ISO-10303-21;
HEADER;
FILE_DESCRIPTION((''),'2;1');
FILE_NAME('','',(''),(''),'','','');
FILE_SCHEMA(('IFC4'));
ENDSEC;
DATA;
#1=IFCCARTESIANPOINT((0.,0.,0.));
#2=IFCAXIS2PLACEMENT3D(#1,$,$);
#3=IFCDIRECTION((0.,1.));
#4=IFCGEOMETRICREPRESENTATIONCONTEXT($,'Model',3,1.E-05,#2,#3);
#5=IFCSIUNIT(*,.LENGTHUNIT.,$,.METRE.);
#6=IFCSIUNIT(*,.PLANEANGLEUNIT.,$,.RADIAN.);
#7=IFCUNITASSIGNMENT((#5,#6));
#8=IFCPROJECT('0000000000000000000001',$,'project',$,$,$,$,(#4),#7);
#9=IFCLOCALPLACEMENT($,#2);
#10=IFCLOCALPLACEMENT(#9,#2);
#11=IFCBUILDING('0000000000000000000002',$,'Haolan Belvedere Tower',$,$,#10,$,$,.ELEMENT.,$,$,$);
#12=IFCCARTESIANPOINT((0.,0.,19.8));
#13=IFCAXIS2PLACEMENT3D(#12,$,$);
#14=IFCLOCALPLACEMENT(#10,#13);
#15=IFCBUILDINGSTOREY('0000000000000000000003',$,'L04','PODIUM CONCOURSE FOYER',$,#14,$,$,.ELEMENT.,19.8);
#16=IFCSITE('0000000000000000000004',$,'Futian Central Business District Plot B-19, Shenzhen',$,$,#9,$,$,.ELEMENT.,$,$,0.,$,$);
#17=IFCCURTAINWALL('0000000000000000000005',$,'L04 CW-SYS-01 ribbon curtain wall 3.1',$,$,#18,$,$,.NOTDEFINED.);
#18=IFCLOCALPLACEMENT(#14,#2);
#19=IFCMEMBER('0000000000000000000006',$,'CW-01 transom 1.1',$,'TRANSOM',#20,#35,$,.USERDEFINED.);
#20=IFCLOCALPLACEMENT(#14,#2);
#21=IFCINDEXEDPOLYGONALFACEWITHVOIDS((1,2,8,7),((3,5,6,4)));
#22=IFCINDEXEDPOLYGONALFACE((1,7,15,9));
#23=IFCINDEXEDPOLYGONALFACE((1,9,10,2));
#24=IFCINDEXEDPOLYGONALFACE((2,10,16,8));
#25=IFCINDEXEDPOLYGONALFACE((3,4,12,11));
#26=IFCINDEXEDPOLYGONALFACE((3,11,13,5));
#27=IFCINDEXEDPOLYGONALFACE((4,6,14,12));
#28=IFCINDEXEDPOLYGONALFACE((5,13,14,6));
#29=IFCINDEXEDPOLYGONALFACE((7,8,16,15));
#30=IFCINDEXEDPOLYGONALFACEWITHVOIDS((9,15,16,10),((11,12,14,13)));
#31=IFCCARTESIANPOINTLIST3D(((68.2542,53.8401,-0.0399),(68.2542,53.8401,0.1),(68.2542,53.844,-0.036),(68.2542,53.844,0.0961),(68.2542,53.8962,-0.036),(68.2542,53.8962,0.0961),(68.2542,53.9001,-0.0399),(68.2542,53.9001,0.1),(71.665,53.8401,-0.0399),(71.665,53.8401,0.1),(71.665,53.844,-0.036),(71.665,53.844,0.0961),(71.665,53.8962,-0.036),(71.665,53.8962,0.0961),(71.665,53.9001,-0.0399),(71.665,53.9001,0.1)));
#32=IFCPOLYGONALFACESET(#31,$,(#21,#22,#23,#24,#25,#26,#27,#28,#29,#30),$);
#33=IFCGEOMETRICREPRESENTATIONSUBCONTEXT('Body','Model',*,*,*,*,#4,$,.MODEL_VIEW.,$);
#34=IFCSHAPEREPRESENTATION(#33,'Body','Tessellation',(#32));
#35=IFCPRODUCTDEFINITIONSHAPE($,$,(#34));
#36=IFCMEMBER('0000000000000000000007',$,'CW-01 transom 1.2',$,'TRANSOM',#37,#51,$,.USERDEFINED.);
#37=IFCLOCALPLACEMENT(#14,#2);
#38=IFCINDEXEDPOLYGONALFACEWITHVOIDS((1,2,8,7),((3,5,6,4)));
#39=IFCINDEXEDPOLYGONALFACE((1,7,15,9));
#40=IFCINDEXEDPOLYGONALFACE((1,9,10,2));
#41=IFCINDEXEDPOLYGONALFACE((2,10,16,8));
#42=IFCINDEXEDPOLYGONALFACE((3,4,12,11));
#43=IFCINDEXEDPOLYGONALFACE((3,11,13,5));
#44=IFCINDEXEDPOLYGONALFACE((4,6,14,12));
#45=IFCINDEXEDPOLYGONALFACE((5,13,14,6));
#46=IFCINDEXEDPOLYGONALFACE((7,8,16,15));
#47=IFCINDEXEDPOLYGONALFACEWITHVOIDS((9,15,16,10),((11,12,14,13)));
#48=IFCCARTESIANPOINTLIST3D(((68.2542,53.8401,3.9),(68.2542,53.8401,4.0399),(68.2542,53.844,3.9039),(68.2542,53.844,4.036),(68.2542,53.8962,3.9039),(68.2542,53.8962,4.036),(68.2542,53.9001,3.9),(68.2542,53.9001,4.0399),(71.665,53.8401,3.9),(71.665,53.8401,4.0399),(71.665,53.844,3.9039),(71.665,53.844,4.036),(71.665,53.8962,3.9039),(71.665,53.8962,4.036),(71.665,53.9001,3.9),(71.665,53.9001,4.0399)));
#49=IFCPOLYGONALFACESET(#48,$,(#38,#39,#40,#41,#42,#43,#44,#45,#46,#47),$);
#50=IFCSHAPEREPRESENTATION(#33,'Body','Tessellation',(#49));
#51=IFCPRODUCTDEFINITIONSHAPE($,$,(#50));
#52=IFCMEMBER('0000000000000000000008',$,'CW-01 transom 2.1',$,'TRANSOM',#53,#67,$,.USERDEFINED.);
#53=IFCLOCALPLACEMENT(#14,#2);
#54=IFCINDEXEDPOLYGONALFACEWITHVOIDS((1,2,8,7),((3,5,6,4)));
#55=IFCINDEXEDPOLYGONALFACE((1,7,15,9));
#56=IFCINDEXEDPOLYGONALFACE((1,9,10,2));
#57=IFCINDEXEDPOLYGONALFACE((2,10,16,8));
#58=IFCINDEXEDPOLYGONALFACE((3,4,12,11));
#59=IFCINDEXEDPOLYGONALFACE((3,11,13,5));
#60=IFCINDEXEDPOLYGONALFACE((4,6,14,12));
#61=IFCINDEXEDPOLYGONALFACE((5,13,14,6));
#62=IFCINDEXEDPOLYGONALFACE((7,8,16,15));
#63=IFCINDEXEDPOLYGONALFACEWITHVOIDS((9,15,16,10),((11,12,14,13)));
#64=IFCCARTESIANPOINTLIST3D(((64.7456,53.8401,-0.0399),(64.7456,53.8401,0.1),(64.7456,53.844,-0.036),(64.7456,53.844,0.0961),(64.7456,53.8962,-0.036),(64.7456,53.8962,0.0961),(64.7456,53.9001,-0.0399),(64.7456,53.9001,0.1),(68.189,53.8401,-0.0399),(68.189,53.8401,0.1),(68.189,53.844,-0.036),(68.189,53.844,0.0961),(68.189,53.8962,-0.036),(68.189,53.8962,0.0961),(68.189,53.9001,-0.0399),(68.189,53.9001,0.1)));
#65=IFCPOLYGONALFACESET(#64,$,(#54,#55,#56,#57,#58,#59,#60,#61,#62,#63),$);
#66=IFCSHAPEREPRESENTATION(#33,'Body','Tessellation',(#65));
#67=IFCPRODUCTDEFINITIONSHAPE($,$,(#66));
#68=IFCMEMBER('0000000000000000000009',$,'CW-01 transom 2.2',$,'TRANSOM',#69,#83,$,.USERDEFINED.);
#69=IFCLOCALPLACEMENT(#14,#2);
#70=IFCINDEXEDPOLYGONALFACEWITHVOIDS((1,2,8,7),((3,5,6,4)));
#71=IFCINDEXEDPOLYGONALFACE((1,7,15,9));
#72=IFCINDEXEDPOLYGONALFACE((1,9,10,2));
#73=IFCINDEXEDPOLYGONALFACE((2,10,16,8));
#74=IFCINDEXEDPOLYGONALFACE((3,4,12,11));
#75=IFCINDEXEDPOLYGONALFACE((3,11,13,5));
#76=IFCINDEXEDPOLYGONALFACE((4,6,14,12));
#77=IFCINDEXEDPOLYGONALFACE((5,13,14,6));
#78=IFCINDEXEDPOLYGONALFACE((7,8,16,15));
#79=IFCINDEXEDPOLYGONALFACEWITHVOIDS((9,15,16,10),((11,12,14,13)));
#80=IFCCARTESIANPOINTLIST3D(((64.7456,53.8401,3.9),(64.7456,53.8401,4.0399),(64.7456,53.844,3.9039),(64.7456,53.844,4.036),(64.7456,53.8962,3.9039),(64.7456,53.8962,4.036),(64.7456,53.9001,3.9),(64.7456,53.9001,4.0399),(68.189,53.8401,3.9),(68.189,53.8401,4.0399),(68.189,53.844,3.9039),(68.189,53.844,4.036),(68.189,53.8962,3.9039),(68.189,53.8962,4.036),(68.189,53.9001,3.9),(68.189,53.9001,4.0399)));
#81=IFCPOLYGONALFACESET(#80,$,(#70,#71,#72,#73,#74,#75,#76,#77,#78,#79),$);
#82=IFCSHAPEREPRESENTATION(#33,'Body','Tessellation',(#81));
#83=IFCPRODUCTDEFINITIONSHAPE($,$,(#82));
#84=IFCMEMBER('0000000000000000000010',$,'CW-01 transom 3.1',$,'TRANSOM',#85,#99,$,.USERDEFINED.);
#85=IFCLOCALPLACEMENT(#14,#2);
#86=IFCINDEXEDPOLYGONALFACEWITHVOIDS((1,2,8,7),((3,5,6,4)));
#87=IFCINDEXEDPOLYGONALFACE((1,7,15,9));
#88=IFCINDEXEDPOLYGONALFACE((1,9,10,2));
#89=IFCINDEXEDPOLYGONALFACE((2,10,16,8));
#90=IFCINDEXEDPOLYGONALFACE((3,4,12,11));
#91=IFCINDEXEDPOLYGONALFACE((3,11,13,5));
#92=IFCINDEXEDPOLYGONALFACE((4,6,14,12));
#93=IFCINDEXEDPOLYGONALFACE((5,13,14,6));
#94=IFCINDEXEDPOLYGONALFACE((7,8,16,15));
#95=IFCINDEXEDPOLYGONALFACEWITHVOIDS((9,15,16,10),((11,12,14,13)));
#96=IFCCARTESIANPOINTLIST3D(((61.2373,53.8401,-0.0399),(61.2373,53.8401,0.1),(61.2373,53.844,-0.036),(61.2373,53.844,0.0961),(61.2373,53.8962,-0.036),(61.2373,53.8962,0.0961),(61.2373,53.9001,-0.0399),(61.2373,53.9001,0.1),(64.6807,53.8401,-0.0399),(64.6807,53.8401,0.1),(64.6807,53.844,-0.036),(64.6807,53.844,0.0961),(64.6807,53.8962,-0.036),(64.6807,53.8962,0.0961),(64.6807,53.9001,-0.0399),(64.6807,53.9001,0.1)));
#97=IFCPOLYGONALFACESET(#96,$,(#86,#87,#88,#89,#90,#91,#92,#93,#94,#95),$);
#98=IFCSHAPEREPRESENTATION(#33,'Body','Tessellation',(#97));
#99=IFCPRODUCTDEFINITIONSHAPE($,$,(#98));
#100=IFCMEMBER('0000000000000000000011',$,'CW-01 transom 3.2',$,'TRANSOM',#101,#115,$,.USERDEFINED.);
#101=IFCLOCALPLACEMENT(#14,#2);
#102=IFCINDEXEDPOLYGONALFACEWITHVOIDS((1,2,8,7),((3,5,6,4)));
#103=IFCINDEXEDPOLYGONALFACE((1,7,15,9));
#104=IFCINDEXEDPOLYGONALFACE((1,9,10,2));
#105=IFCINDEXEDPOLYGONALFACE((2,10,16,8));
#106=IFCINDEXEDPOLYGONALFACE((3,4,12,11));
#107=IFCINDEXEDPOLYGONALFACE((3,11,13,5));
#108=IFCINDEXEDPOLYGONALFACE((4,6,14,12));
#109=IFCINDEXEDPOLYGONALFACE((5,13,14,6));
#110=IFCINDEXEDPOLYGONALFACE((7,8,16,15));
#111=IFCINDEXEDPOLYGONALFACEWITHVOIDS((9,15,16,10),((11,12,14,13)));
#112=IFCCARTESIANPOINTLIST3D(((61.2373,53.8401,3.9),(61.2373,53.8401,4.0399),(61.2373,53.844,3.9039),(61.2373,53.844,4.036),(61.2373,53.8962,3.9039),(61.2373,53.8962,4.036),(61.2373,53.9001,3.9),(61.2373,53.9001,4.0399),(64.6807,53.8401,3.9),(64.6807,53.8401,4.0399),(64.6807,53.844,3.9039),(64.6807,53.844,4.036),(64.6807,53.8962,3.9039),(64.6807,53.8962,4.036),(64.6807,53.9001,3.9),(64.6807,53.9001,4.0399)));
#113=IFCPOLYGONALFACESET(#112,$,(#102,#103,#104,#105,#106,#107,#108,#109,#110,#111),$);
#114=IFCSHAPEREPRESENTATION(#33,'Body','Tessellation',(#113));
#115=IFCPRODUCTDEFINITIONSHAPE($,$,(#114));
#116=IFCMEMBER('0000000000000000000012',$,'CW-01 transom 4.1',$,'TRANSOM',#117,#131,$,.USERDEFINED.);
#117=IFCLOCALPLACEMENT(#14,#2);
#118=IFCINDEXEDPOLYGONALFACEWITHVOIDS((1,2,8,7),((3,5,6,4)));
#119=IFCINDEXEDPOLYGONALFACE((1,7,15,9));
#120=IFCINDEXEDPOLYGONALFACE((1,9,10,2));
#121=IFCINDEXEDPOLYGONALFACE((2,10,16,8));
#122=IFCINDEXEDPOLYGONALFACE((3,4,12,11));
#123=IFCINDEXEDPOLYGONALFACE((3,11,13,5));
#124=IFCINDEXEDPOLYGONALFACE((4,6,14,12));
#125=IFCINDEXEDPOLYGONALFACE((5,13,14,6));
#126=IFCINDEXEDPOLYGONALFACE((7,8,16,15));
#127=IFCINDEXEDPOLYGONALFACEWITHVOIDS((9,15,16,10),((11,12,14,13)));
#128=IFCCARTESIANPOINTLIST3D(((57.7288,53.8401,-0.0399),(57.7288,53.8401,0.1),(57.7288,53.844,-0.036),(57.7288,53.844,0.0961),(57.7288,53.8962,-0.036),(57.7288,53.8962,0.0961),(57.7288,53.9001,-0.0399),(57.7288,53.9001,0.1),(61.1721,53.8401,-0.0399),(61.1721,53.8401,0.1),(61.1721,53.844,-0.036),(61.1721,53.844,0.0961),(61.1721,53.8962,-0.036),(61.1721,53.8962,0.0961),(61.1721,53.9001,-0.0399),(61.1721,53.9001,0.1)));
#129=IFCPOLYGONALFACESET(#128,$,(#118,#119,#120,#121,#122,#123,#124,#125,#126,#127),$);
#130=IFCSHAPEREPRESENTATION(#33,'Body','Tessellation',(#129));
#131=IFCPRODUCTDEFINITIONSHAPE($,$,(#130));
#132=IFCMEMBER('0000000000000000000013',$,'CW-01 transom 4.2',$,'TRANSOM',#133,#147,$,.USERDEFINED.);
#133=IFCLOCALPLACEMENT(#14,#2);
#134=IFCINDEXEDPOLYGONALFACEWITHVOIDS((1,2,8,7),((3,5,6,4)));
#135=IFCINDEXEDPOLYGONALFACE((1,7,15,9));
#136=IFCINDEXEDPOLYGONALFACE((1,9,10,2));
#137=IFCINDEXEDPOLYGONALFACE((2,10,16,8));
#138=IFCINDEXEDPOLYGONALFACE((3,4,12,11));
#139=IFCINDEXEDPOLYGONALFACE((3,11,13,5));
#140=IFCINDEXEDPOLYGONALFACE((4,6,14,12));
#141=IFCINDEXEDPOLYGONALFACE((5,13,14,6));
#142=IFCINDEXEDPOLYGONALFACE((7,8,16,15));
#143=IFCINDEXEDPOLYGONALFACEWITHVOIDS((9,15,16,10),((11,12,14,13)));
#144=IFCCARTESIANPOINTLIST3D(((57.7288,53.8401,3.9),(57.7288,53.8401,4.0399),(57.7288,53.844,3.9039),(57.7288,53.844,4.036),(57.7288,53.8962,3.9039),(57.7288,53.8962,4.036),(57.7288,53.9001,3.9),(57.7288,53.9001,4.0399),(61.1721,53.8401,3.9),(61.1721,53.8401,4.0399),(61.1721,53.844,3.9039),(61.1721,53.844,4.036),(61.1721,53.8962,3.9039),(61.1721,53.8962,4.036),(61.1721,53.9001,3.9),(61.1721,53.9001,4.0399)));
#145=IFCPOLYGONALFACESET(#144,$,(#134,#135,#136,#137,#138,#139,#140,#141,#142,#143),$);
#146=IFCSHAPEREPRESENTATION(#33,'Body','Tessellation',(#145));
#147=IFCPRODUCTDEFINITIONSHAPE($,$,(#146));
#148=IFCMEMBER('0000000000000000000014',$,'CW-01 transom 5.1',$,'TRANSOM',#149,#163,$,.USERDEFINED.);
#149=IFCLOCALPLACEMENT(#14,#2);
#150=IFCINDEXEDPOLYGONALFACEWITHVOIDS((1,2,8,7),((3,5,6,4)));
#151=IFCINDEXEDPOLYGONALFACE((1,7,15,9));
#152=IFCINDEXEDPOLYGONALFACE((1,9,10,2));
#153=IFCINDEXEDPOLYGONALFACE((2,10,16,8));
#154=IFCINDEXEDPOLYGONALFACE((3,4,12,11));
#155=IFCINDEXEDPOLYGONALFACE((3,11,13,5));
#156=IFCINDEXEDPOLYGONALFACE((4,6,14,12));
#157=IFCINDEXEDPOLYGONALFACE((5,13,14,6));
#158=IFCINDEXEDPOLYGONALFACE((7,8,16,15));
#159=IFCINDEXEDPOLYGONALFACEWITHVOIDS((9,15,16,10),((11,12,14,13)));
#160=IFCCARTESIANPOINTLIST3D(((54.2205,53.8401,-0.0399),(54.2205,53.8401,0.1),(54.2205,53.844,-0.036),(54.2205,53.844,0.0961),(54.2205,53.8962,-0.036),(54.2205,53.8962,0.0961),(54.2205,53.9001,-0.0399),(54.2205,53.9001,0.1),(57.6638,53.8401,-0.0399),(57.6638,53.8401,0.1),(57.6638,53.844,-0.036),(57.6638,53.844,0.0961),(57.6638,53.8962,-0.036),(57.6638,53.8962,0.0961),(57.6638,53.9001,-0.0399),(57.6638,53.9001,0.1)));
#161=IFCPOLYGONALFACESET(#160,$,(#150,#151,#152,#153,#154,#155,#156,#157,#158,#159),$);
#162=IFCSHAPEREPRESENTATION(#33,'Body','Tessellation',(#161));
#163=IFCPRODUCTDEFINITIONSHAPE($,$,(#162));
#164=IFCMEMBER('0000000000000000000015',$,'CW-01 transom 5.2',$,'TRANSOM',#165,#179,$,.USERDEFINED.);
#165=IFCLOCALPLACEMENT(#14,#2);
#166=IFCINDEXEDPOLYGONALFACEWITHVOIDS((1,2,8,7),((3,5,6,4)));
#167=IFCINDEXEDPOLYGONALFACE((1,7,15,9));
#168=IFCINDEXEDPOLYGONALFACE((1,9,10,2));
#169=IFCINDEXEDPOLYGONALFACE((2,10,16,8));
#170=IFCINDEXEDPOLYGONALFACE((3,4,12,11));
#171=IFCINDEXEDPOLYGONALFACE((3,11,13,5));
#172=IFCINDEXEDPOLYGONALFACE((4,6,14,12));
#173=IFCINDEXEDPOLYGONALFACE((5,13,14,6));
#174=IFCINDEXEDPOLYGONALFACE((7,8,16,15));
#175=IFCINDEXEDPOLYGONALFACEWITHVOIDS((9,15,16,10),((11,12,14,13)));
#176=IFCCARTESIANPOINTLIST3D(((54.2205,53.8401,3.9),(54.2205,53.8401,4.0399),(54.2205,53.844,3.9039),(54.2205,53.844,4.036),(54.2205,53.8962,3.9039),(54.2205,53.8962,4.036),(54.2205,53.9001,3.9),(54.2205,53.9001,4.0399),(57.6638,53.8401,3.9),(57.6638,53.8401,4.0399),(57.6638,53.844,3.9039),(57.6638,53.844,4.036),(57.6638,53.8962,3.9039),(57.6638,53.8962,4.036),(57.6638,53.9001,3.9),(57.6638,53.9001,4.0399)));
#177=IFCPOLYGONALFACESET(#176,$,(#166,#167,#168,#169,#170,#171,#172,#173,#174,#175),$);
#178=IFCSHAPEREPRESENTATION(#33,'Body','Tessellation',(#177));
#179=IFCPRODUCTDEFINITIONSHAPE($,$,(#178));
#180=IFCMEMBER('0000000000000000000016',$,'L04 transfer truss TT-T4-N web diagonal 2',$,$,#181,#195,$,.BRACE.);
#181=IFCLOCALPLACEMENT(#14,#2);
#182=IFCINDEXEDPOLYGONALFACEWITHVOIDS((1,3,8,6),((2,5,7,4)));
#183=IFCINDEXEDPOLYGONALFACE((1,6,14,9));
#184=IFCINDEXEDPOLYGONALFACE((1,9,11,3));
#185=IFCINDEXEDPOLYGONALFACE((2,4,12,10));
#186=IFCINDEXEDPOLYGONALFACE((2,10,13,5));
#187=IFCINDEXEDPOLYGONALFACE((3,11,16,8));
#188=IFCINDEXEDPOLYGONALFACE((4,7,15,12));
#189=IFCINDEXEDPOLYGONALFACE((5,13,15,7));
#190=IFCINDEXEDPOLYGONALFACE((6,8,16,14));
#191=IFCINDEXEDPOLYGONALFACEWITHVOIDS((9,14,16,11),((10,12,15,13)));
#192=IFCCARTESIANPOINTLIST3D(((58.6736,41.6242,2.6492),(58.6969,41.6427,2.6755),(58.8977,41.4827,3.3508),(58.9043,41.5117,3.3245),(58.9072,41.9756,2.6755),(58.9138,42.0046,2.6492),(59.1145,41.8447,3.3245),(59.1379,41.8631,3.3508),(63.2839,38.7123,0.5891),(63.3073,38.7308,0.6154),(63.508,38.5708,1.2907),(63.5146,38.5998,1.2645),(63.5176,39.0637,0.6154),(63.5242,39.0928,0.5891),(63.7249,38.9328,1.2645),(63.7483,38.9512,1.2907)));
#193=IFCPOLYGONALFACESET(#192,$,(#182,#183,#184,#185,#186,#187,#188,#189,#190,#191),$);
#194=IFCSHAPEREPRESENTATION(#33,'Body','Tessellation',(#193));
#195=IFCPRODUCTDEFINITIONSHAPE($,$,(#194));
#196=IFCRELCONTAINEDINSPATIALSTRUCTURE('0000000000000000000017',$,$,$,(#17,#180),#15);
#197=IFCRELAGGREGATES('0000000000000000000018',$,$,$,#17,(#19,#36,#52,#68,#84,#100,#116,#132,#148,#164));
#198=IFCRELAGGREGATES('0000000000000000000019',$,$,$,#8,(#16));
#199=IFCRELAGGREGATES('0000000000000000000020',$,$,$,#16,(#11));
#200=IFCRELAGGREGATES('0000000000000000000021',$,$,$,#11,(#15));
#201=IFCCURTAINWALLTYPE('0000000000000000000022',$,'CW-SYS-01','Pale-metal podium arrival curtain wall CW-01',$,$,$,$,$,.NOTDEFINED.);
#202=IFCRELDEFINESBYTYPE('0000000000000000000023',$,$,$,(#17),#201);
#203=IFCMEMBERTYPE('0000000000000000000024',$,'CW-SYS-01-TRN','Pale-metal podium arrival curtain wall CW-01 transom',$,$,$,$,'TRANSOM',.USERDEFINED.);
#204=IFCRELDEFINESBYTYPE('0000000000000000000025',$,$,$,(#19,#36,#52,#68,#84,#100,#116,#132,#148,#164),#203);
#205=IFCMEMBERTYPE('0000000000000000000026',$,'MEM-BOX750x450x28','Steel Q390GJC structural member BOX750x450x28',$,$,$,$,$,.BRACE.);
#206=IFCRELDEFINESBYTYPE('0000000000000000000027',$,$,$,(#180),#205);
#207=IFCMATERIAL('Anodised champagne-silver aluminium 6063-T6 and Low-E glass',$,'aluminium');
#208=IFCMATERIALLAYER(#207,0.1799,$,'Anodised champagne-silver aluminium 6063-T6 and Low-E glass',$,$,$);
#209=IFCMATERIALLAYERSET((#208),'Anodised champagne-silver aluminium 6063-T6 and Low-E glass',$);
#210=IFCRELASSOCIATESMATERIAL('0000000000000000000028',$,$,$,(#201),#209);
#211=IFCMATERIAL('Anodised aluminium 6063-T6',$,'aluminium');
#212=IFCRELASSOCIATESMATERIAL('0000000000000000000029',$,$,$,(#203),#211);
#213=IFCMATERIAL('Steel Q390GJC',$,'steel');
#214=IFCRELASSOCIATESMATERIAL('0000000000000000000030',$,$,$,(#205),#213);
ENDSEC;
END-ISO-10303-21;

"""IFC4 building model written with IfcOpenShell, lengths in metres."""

from ifc_helpers import new_model, si_unit, direction, frame, origin, origin_2d, place, context, subcontext, project, spatial, hollow_rectangle, extrude, material, layer, layer_set, material_profile, profile_set, type_object, element, aggregate, save


model = new_model("IFC4")

# Units and contexts
model_context = context("Model", 3, precision=1e-05, world=origin(), true_north=direction((0.0, 1.0)))
body_context = subcontext(model_context, "Body", "Model", "MODEL_VIEW")
ifc_project = project(units=[si_unit("LENGTHUNIT", "METRE"), si_unit("PLANEANGLEUNIT", "RADIAN")], contexts=[model_context])

# Site, building, storey
site_placement = place(None, origin())
site = spatial("IfcSite", under=ifc_project, at=site_placement, Name="Futian Central Business District Plot B-19, Shenzhen", CompositionType="ELEMENT", RefElevation=0.0)
building_placement = place(site_placement, origin())
building = spatial("IfcBuilding", under=site, at=building_placement, Name="Haolan Belvedere Tower", CompositionType="ELEMENT")
storey_placement = place(building_placement, frame((0.0, 0.0, 19.8)))
storey = spatial("IfcBuildingStorey", under=building, at=storey_placement, Name="L04", Description="PODIUM CONCOURSE FOYER", CompositionType="ELEMENT", Elevation=19.8)

# Curtain wall, members
ifc_material_1 = material(Name="Anodised champagne-silver aluminium 6063-T6 and Low-E glass", Category="aluminium")
ifc_layer_1 = layer(ifc_material_1, 0.1799, Name="Anodised champagne-silver aluminium 6063-T6 and Low-E glass")
ifc_layer_set_1 = layer_set([ifc_layer_1], Name="Anodised champagne-silver aluminium 6063-T6 and Low-E glass")
curtain_wall_type = type_object("IfcCurtainWallType", Name="CW-SYS-01", Description="Pale-metal podium arrival curtain wall CW-01", PredefinedType="NOTDEFINED", material=ifc_layer_set_1)
curtain_wall_placement = place(storey_placement, origin())
curtain_wall = element("IfcCurtainWall", 1, at=curtain_wall_placement, inside=storey, type_object=curtain_wall_type, Name="L04 CW-SYS-01 ribbon curtain wall 3.1", PredefinedType="NOTDEFINED")
ifc_material_2 = material(Name="Anodised aluminium 6063-T6", Category="aluminium")
ifc_material_profile_1 = material_profile(ifc_material_2, hollow_rectangle(XDim=0.0601, YDim=0.1399, WallThickness=0.0039, at=origin_2d()), Name="Anodised aluminium 6063-T6")
ifc_profile_set_1 = profile_set([ifc_material_profile_1], Name="Anodised aluminium 6063-T6")
member_type_1 = type_object("IfcMemberType", Name="CW-SYS-01-TRN", Description="Pale-metal podium arrival curtain wall CW-01 transom", ElementType="TRANSOM", PredefinedType="USERDEFINED", material=ifc_profile_set_1)
member_1_placement = place(storey_placement, frame((71.665, 53.8701, 0.03), z_axis=(-1.0, 0.0, 0.0), x_axis=(0.0, -1.0, 0.0)))
member_1 = element("IfcMember", 2, at=member_1_placement, type_object=member_type_1, Name="CW-01 transom 1.1", ObjectType="TRANSOM", PredefinedType="USERDEFINED", context=body_context, shape_type="SweptSolid", body=[
    extrude(hollow_rectangle(XDim=0.0601, YDim=0.1399, WallThickness=0.0039, at=origin_2d()), origin(), (0.0, 0.0, 1.0), 3.4109),
])
member_2_placement = place(storey_placement, frame((71.665, 53.8701, 3.97), z_axis=(-1.0, 0.0, 0.0), x_axis=(0.0, -1.0, 0.0)))
member_2 = element("IfcMember", 3, at=member_2_placement, type_object=member_type_1, Name="CW-01 transom 1.2", ObjectType="TRANSOM", PredefinedType="USERDEFINED", context=body_context, shape_type="SweptSolid", body=[
    extrude(hollow_rectangle(XDim=0.0601, YDim=0.1399, WallThickness=0.0039, at=origin_2d()), origin(), (0.0, 0.0, 1.0), 3.4109),
])
member_3_placement = place(storey_placement, frame((68.189, 53.8701, 0.03), z_axis=(-1.0, 0.0, 0.0), x_axis=(0.0, -1.0, 0.0)))
member_3 = element("IfcMember", 4, at=member_3_placement, type_object=member_type_1, Name="CW-01 transom 2.1", ObjectType="TRANSOM", PredefinedType="USERDEFINED", context=body_context, shape_type="SweptSolid", body=[
    extrude(hollow_rectangle(XDim=0.0601, YDim=0.1399, WallThickness=0.0039, at=origin_2d()), origin(), (0.0, 0.0, 1.0), 3.4434),
])
member_4_placement = place(storey_placement, frame((68.189, 53.8701, 3.97), z_axis=(-1.0, 0.0, 0.0), x_axis=(0.0, -1.0, 0.0)))
member_4 = element("IfcMember", 5, at=member_4_placement, type_object=member_type_1, Name="CW-01 transom 2.2", ObjectType="TRANSOM", PredefinedType="USERDEFINED", context=body_context, shape_type="SweptSolid", body=[
    extrude(hollow_rectangle(XDim=0.0601, YDim=0.1399, WallThickness=0.0039, at=origin_2d()), origin(), (0.0, 0.0, 1.0), 3.4434),
])
member_5_placement = place(storey_placement, frame((64.6807, 53.8701, 0.03), z_axis=(-1.0, 0.0, 0.0), x_axis=(0.0, -1.0, 0.0)))
member_5 = element("IfcMember", 6, at=member_5_placement, type_object=member_type_1, Name="CW-01 transom 3.1", ObjectType="TRANSOM", PredefinedType="USERDEFINED", context=body_context, shape_type="SweptSolid", body=[
    extrude(hollow_rectangle(XDim=0.0601, YDim=0.1399, WallThickness=0.0039, at=origin_2d()), origin(), (0.0, 0.0, 1.0), 3.4434),
])
member_6_placement = place(storey_placement, frame((64.6807, 53.8701, 3.97), z_axis=(-1.0, 0.0, 0.0), x_axis=(0.0, -1.0, 0.0)))
member_6 = element("IfcMember", 7, at=member_6_placement, type_object=member_type_1, Name="CW-01 transom 3.2", ObjectType="TRANSOM", PredefinedType="USERDEFINED", context=body_context, shape_type="SweptSolid", body=[
    extrude(hollow_rectangle(XDim=0.0601, YDim=0.1399, WallThickness=0.0039, at=origin_2d()), origin(), (0.0, 0.0, 1.0), 3.4434),
])
member_7_placement = place(storey_placement, frame((61.1721, 53.8701, 0.03), z_axis=(-1.0, 0.0, 0.0), x_axis=(0.0, -1.0, 0.0)))
member_7 = element("IfcMember", 8, at=member_7_placement, type_object=member_type_1, Name="CW-01 transom 4.1", ObjectType="TRANSOM", PredefinedType="USERDEFINED", context=body_context, shape_type="SweptSolid", body=[
    extrude(hollow_rectangle(XDim=0.0601, YDim=0.1399, WallThickness=0.0039, at=origin_2d()), origin(), (0.0, 0.0, 1.0), 3.4434),
])
member_8_placement = place(storey_placement, frame((61.1721, 53.8701, 3.97), z_axis=(-1.0, 0.0, 0.0), x_axis=(0.0, -1.0, 0.0)))
member_8 = element("IfcMember", 9, at=member_8_placement, type_object=member_type_1, Name="CW-01 transom 4.2", ObjectType="TRANSOM", PredefinedType="USERDEFINED", context=body_context, shape_type="SweptSolid", body=[
    extrude(hollow_rectangle(XDim=0.0601, YDim=0.1399, WallThickness=0.0039, at=origin_2d()), origin(), (0.0, 0.0, 1.0), 3.4434),
])
member_9_placement = place(storey_placement, frame((57.6638, 53.8701, 0.03), z_axis=(-1.0, 0.0, 0.0), x_axis=(0.0, -1.0, 0.0)))
member_9 = element("IfcMember", 10, at=member_9_placement, type_object=member_type_1, Name="CW-01 transom 5.1", ObjectType="TRANSOM", PredefinedType="USERDEFINED", context=body_context, shape_type="SweptSolid", body=[
    extrude(hollow_rectangle(XDim=0.0601, YDim=0.1399, WallThickness=0.0039, at=origin_2d()), origin(), (0.0, 0.0, 1.0), 3.4434),
])
member_10_placement = place(storey_placement, frame((57.6638, 53.8701, 3.97), z_axis=(-1.0, 0.0, 0.0), x_axis=(0.0, -1.0, 0.0)))
member_10 = element("IfcMember", 11, at=member_10_placement, type_object=member_type_1, Name="CW-01 transom 5.2", ObjectType="TRANSOM", PredefinedType="USERDEFINED", context=body_context, shape_type="SweptSolid", body=[
    extrude(hollow_rectangle(XDim=0.0601, YDim=0.1399, WallThickness=0.0039, at=origin_2d()), origin(), (0.0, 0.0, 1.0), 3.4434),
])

# Member
ifc_material_3 = material(Name="Steel Q390GJC", Category="steel")
ifc_material_profile_2 = material_profile(ifc_material_3, hollow_rectangle(XDim=0.45, YDim=0.75, WallThickness=0.0281, at=origin_2d()), Name="Steel Q390GJC")
ifc_profile_set_2 = profile_set([ifc_material_profile_2], Name="Steel Q390GJC")
member_type_2 = type_object("IfcMemberType", Name="MEM-BOX750x450x28", Description="Steel Q390GJC structural member BOX750x450x28", PredefinedType="BRACE", material=ifc_profile_set_2)
member_11_placement = place(storey_placement, frame((63.5161, 38.8318, 0.9399), z_axis=(-0.790923, 0.499541, 0.353411), x_axis=(-0.534001, -0.845484, 0.0)))
element("IfcMember", 12, at=member_11_placement, inside=storey, type_object=member_type_2, Name="L04 transfer truss TT-T4-N web diagonal 2", PredefinedType="BRACE", context=body_context, shape_type="SweptSolid", body=[
    extrude(hollow_rectangle(XDim=0.45, YDim=0.75, WallThickness=0.0281, at=origin_2d()), origin(), (0.0, 0.0, 1.0), 5.8291),
])

aggregate(curtain_wall, [member_1, member_2, member_3, member_4, member_5, member_6, member_7, member_8, member_9, member_10])

save(model, "model.ifc")
